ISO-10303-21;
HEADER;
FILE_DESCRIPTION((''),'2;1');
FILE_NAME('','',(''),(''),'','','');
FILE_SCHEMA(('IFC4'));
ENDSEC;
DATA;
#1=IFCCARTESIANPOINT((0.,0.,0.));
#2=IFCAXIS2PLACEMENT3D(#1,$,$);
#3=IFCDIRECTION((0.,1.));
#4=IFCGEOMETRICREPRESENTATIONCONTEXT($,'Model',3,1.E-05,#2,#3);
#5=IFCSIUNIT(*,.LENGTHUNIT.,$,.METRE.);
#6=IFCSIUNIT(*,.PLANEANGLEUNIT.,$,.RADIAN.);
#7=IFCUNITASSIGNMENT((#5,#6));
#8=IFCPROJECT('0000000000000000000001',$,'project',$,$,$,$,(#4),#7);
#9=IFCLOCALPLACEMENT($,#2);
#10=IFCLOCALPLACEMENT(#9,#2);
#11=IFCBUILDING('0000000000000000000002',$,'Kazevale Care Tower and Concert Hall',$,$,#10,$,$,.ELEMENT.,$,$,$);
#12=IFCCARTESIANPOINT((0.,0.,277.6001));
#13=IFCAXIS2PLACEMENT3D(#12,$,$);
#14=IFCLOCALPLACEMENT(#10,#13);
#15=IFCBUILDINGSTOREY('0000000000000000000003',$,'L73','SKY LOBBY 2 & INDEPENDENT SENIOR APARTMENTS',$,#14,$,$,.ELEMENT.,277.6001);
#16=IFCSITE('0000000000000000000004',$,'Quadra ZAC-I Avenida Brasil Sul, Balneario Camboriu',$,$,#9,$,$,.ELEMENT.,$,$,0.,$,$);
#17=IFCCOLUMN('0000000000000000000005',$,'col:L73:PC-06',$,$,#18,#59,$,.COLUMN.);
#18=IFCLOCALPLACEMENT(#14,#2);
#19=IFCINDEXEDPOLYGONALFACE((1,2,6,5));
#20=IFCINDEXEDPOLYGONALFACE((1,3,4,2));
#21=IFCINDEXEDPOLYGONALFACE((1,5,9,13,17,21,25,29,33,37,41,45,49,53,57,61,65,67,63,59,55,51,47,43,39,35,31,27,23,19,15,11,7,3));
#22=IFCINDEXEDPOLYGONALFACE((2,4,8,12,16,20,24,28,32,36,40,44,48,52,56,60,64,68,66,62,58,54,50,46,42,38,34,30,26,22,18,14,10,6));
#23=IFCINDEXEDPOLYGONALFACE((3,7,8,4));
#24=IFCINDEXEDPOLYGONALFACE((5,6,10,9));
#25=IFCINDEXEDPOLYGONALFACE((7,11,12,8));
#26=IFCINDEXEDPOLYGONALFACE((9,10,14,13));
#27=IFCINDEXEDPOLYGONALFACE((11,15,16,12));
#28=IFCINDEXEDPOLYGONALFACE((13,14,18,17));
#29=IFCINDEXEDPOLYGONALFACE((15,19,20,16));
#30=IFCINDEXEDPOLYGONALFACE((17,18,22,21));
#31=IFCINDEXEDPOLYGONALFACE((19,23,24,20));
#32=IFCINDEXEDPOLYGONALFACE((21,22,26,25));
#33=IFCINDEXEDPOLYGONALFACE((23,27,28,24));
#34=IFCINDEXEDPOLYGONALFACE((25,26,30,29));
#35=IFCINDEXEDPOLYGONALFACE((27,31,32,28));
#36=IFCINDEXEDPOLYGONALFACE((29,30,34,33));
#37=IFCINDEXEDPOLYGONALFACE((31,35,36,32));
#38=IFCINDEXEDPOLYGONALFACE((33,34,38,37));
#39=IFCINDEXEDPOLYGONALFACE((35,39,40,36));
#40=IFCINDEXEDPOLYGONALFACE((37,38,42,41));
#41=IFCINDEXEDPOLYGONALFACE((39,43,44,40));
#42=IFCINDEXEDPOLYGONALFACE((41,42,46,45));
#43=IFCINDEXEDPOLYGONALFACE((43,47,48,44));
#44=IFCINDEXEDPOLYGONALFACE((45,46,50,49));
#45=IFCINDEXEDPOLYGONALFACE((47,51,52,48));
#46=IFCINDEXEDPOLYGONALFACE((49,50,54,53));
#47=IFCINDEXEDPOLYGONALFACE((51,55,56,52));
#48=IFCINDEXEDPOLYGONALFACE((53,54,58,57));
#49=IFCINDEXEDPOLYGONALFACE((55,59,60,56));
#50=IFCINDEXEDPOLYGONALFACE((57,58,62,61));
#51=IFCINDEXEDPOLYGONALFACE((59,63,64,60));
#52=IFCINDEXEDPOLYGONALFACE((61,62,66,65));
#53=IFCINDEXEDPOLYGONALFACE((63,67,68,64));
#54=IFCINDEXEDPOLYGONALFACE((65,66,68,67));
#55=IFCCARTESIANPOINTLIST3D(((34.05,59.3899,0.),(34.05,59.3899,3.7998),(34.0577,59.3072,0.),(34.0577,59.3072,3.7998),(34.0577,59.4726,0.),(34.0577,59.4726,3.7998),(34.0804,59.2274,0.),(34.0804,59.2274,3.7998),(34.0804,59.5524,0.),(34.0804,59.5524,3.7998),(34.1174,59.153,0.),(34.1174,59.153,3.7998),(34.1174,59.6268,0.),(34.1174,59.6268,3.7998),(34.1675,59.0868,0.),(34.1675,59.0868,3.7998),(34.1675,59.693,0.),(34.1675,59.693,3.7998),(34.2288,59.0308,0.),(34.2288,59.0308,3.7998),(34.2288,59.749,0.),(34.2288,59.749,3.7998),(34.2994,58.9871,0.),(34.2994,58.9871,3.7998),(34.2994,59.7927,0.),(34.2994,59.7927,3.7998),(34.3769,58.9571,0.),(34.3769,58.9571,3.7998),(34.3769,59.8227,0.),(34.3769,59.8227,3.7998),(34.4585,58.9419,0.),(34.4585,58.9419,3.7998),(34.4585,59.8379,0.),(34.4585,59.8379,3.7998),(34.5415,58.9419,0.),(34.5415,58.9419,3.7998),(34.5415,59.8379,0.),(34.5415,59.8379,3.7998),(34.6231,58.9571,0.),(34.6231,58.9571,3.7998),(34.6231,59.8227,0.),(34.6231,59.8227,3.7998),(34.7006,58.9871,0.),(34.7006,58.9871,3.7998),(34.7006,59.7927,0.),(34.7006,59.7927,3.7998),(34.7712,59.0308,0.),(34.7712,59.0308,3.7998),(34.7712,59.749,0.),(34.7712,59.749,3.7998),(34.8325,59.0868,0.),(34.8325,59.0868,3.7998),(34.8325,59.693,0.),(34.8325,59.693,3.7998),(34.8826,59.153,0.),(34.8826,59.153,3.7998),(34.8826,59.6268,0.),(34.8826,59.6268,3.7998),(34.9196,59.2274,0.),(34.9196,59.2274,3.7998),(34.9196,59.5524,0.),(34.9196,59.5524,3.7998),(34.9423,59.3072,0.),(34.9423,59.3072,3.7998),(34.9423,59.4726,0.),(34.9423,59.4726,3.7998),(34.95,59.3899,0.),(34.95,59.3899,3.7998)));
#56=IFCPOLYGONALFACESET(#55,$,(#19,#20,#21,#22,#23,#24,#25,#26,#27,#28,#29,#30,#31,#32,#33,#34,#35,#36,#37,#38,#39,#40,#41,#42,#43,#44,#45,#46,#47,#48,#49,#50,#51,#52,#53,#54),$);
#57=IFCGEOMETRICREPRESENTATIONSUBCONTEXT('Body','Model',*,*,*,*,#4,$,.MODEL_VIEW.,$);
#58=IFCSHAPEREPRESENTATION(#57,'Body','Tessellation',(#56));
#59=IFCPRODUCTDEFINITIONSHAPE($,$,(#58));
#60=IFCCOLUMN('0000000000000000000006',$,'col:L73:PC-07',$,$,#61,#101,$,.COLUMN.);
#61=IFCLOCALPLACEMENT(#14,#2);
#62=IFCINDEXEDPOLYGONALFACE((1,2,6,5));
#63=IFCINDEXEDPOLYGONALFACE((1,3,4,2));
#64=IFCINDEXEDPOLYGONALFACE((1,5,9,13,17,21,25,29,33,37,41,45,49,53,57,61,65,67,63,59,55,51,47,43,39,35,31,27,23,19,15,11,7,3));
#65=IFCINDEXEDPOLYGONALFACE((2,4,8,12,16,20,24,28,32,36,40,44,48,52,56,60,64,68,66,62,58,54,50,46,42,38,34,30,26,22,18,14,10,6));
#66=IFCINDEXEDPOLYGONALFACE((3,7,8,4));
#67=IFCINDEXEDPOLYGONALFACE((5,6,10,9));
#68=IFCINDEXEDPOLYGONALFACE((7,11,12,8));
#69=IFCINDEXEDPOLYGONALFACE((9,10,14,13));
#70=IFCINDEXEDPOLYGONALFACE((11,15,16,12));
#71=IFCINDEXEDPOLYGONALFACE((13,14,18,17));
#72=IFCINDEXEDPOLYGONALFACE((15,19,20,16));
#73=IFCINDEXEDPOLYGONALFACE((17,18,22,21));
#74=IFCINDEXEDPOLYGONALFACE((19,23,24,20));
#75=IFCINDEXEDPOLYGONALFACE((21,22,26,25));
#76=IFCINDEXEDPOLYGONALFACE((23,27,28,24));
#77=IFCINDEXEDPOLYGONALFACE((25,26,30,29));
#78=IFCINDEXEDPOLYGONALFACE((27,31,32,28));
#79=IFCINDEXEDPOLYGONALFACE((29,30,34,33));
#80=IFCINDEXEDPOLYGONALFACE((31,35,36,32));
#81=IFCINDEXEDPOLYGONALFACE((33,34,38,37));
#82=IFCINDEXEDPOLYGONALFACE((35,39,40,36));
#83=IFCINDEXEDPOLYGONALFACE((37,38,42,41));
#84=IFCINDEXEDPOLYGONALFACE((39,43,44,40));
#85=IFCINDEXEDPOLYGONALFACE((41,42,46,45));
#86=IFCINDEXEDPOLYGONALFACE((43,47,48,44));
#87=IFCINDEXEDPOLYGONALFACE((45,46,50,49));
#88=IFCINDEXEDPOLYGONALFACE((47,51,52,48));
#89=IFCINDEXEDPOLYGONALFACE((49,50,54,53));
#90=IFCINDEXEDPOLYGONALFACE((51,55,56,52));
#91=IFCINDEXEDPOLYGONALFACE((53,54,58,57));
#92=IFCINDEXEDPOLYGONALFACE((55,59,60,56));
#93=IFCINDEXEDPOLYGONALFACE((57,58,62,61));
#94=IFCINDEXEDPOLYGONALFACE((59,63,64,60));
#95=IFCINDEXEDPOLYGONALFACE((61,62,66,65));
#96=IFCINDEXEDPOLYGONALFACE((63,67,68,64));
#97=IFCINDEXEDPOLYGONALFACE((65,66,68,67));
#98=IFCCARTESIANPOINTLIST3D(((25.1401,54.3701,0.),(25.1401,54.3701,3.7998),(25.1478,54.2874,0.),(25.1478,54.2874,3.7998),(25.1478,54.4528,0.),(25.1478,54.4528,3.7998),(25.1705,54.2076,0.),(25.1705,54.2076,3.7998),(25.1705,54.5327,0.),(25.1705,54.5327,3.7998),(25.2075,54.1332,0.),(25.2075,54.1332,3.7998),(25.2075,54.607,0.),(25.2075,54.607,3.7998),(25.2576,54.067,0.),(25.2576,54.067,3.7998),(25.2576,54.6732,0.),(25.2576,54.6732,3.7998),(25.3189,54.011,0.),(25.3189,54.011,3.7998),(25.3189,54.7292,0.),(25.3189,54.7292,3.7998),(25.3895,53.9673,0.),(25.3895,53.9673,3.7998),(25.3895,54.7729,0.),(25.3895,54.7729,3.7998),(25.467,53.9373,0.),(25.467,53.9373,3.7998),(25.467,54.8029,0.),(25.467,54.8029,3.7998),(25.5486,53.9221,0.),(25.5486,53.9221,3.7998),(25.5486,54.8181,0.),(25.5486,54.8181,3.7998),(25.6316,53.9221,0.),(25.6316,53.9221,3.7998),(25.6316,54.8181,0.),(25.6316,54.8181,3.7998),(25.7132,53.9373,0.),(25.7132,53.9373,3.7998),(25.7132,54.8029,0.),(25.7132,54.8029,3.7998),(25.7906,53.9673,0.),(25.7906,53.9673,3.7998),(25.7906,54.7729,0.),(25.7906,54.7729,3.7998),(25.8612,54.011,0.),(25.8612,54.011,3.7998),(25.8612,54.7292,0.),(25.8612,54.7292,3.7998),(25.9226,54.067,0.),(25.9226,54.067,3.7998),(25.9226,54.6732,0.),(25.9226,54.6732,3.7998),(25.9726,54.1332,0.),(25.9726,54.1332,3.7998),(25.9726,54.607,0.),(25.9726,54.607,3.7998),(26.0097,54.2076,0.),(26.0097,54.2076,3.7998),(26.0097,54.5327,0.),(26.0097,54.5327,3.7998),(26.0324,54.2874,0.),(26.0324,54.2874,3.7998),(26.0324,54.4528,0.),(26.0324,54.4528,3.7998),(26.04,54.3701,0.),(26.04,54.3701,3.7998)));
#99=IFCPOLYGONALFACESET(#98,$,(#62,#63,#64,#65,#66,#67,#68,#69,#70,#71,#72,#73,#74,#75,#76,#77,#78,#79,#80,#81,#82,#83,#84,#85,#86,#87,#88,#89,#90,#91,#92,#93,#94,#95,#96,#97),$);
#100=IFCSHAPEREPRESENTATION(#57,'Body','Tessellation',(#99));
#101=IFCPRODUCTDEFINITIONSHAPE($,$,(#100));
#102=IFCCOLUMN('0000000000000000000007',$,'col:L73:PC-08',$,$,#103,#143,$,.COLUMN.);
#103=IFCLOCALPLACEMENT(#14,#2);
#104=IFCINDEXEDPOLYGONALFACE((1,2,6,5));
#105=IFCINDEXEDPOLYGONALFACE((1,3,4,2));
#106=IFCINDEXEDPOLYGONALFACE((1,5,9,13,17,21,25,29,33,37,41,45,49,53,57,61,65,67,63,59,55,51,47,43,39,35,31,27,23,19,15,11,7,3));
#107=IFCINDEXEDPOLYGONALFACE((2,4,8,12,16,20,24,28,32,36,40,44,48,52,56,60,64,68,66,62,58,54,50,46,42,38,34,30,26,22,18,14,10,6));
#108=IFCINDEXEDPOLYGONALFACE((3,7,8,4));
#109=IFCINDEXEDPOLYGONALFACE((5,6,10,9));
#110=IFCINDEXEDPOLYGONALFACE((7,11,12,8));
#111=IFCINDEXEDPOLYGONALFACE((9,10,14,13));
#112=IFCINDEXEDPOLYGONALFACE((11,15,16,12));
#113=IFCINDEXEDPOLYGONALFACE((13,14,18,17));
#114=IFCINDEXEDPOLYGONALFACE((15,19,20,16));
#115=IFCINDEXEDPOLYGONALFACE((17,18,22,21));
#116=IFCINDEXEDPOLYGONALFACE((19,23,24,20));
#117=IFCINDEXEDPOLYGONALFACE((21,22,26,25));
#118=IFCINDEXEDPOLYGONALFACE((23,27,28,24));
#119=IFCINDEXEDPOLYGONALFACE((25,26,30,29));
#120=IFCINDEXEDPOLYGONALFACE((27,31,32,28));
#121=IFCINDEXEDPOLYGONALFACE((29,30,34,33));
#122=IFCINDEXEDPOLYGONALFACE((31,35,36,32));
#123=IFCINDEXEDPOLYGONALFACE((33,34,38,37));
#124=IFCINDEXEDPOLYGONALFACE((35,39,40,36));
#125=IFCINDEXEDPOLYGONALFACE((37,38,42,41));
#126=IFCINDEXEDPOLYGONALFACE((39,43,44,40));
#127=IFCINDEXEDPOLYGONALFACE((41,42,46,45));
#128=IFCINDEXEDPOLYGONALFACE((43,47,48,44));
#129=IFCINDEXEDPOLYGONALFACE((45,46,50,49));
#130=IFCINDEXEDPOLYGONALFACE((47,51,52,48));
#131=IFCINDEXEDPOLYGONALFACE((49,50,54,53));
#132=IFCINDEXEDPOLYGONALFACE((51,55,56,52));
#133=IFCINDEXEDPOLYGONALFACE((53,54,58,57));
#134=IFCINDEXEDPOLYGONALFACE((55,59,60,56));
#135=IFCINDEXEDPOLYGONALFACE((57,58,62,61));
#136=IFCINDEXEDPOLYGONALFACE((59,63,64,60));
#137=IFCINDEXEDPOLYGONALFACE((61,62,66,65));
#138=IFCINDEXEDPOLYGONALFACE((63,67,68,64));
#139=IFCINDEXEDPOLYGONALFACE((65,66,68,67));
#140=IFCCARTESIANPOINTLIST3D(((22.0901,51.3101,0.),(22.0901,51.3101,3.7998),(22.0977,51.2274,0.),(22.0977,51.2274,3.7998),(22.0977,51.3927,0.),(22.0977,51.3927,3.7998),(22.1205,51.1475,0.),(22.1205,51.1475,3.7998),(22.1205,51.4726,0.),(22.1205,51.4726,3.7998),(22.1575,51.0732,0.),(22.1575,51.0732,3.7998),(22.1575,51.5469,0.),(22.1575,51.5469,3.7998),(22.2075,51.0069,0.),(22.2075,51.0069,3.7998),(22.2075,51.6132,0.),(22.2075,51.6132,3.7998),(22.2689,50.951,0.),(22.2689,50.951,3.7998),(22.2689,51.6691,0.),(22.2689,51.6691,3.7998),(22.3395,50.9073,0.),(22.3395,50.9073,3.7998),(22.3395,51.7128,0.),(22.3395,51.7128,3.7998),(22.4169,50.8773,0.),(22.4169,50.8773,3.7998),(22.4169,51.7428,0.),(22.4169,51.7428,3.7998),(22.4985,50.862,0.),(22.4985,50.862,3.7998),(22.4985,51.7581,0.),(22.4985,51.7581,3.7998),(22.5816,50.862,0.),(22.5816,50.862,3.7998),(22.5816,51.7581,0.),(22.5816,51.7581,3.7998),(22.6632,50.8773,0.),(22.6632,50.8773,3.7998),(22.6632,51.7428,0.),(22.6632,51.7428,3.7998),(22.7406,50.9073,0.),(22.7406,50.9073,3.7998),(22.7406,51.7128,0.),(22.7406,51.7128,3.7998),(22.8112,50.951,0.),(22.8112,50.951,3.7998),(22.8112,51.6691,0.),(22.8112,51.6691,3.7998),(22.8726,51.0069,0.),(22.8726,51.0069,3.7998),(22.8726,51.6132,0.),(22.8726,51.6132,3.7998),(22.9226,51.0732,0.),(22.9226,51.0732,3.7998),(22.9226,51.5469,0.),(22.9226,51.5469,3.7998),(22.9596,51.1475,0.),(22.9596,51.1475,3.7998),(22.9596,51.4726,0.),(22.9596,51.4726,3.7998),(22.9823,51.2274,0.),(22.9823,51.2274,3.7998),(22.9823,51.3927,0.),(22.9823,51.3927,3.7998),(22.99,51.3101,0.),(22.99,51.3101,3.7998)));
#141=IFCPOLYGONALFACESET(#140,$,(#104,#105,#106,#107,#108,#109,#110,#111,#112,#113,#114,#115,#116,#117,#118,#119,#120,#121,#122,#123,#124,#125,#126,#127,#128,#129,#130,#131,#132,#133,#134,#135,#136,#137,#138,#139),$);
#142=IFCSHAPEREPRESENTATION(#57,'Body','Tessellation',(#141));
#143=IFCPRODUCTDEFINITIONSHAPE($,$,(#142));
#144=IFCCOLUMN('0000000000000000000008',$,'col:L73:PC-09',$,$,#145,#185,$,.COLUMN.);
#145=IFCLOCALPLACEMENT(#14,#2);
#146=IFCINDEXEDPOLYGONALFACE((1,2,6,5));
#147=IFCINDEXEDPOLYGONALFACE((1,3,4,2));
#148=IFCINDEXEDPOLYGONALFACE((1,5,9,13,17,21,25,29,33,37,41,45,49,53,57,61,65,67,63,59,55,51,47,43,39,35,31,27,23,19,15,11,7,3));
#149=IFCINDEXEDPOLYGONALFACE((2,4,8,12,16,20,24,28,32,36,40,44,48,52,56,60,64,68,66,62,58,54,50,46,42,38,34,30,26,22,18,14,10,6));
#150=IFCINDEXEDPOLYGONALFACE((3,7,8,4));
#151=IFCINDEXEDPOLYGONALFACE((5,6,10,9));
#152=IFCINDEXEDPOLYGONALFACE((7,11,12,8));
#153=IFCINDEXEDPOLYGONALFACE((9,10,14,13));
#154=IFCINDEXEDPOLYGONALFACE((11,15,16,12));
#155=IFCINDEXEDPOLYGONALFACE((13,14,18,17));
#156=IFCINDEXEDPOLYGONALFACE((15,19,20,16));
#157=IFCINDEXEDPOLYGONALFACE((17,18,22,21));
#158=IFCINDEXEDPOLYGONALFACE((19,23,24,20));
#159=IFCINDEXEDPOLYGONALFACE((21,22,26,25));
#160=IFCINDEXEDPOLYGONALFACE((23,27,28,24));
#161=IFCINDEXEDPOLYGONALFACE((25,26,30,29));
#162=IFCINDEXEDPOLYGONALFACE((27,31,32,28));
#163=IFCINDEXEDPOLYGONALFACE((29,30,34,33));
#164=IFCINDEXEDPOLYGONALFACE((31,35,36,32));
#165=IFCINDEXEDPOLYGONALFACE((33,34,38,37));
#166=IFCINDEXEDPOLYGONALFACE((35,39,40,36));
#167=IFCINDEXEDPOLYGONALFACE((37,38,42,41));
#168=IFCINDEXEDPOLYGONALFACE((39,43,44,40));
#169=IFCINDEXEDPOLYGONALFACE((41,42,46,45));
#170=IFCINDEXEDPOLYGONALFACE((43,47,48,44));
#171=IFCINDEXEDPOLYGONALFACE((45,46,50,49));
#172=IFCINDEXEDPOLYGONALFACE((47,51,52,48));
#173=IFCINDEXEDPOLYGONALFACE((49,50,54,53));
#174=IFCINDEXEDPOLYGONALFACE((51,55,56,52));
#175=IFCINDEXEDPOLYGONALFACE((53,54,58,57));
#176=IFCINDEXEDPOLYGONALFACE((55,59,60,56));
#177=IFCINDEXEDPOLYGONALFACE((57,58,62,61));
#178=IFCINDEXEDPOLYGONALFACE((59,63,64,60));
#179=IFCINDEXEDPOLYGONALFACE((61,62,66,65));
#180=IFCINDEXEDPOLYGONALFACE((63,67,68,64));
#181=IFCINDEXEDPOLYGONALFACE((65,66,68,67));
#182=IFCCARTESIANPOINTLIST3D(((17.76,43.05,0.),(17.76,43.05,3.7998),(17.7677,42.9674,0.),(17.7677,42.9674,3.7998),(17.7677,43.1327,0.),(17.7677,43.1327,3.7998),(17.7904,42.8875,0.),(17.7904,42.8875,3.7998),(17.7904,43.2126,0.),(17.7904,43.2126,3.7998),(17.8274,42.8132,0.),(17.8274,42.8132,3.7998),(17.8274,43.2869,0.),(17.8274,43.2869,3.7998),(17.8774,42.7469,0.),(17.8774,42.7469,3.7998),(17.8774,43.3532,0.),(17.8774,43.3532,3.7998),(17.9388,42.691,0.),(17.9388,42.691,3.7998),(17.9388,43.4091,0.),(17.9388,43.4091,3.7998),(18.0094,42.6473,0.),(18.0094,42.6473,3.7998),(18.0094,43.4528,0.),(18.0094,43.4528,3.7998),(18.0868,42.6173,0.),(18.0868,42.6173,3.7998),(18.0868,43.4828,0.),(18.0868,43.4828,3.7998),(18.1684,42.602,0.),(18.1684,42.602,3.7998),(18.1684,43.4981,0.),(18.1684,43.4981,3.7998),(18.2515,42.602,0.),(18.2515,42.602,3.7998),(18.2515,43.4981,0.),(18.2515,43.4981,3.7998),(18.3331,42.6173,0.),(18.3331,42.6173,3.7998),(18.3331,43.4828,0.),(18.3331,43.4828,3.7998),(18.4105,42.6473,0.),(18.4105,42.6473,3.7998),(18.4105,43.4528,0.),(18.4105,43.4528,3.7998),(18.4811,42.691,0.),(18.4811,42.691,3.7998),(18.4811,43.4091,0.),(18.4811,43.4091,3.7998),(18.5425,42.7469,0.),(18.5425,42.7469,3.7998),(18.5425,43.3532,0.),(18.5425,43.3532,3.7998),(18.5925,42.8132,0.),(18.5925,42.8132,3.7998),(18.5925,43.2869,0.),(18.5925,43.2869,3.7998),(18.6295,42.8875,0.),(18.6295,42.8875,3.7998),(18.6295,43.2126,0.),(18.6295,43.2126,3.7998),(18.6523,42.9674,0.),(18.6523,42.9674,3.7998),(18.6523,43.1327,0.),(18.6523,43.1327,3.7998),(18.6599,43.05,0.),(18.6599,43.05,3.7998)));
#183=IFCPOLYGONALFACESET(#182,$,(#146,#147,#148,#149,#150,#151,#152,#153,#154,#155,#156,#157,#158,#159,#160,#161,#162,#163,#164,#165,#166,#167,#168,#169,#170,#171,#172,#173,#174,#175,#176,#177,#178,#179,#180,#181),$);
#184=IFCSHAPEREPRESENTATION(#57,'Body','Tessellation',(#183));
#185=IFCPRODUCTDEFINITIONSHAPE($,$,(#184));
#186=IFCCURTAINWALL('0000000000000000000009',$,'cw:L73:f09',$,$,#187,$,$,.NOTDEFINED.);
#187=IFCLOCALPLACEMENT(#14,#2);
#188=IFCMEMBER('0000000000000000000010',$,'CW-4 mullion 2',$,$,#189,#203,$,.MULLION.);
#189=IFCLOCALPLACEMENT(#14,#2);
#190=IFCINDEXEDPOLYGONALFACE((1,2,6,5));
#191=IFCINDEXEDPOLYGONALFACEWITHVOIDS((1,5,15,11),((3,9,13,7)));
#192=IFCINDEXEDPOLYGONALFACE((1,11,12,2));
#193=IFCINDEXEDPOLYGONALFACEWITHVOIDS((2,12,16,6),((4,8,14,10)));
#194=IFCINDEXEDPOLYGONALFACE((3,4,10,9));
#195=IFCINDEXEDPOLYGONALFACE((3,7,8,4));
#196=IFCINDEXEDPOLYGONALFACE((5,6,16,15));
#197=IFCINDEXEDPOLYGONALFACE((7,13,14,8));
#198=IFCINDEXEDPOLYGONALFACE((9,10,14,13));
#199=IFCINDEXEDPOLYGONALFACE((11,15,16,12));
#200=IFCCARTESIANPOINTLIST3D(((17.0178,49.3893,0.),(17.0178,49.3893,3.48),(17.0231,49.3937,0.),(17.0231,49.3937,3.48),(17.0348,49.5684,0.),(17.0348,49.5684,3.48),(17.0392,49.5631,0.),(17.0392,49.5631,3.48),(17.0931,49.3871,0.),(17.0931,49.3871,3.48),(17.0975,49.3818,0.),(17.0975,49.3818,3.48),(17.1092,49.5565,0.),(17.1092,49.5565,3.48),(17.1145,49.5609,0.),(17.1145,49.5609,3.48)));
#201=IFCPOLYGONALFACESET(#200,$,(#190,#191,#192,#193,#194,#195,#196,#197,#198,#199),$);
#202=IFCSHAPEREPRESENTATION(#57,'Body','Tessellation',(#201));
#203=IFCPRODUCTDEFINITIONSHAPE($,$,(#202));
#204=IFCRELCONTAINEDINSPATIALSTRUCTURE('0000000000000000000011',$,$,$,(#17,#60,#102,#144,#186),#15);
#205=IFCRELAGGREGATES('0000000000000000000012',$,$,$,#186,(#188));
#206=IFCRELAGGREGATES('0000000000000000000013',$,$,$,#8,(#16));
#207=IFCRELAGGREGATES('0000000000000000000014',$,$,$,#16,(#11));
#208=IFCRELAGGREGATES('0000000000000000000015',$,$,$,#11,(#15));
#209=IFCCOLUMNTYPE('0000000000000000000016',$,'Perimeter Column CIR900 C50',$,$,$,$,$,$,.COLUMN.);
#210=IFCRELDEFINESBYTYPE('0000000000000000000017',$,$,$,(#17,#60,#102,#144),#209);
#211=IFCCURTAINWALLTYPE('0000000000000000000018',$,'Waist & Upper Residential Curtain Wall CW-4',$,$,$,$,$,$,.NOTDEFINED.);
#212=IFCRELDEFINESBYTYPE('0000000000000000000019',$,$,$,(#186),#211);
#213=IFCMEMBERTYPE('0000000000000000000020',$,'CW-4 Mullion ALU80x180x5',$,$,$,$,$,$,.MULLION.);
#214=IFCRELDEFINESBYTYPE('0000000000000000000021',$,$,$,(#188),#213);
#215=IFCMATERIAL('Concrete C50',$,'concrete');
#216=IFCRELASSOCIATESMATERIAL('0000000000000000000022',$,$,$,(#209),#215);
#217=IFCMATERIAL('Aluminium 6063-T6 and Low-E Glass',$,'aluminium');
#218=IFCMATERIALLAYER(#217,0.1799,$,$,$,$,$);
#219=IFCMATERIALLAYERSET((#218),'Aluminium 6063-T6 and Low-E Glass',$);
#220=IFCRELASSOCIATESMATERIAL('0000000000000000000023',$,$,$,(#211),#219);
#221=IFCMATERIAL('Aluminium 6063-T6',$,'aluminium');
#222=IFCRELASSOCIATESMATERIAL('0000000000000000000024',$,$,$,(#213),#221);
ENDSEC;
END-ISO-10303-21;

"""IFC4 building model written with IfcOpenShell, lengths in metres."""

from ifc_helpers import new_model, si_unit, direction, frame, origin, origin_2d, place, context, subcontext, project, spatial, hollow_rectangle, circle, extrude, material, layer, layer_set, material_profile, profile_set, type_object, element, aggregate, save


model = new_model("IFC4")

# Units and contexts
model_context = context("Model", 3, precision=1e-05, world=origin(), true_north=direction((0.0, 1.0)))
body_context = subcontext(model_context, "Body", "Model", "MODEL_VIEW")
ifc_project = project(units=[si_unit("LENGTHUNIT", "METRE"), si_unit("PLANEANGLEUNIT", "RADIAN")], contexts=[model_context])

# Site, building, storey
site_placement = place(None, origin())
site = spatial("IfcSite", under=ifc_project, at=site_placement, Name="Quadra ZAC-I Avenida Brasil Sul, Balneario Camboriu", CompositionType="ELEMENT", RefElevation=0.0)
building_placement = place(site_placement, origin())
building = spatial("IfcBuilding", under=site, at=building_placement, Name="Kazevale Care Tower and Concert Hall", CompositionType="ELEMENT")
storey_placement = place(building_placement, frame((0.0, 0.0, 277.6001)))
storey = spatial("IfcBuildingStorey", under=building, at=storey_placement, Name="L73", Description="SKY LOBBY 2 & INDEPENDENT SENIOR APARTMENTS", CompositionType="ELEMENT", Elevation=277.6001)

# Columns
ifc_material_1 = material(Name="Concrete C50", Category="concrete")
ifc_material_profile_1 = material_profile(ifc_material_1, circle(Radius=0.45, at=origin_2d()), Name="RC-CIR900")
ifc_profile_set_1 = profile_set([ifc_material_profile_1], Name="Concrete C50")
column_type = type_object("IfcColumnType", Name="Perimeter Column CIR900 C50", PredefinedType="COLUMN", material=ifc_profile_set_1)
for number, where, z_axis, x_axis, name in (
    (1, (34.5, 59.3899, 0.0), (0.0, 0.0, 1.0), (1.0, 0.0, 0.0), "col:L73:PC-06"),
    (2, (25.5901, 54.3701, 0.0), (0.0, 0.0, 1.0), (1.0, 0.0, 0.0), "col:L73:PC-07"),
    (3, (22.54, 51.3101, 0.0), (0.0, 0.0, 1.0), (1.0, 0.0, 0.0), "col:L73:PC-08"),
    (4, (18.21, 43.05, 0.0), (0.0, 0.0, 1.0), (1.0, 0.0, 0.0), "col:L73:PC-09"),
):
    element("IfcColumn", number, at=place(storey_placement, frame(where, z_axis=z_axis, x_axis=x_axis)), inside=storey, type_object=column_type, Name=name, PredefinedType="COLUMN", context=body_context, shape_type="SweptSolid", body=[
        extrude(circle(Radius=0.45, at=origin_2d()), origin(), (0.0, 0.0, 1.0), 3.7998),
    ])

# Curtain wall, member
ifc_material_2 = material(Name="Aluminium 6063-T6 and Low-E Glass", Category="aluminium")
ifc_layer_1 = layer(ifc_material_2, 0.1799)
ifc_layer_set_1 = layer_set([ifc_layer_1], Name="Aluminium 6063-T6 and Low-E Glass")
curtain_wall_type = type_object("IfcCurtainWallType", Name="Waist & Upper Residential Curtain Wall CW-4", PredefinedType="NOTDEFINED", material=ifc_layer_set_1)
curtain_wall_1_placement = place(storey_placement, origin())
curtain_wall_1 = element("IfcCurtainWall", 5, at=curtain_wall_1_placement, inside=storey, type_object=curtain_wall_type, Name="cw:L73:f09", PredefinedType="NOTDEFINED")
ifc_material_3 = material(Name="Aluminium 6063-T6", Category="aluminium")
ifc_material_profile_2 = material_profile(ifc_material_3, hollow_rectangle(XDim=0.0801, YDim=0.1799, WallThickness=0.0049, at=origin_2d()), Name="ALU80x180x5")
ifc_profile_set_2 = profile_set([ifc_material_profile_2], Name="Aluminium 6063-T6")
member_type_1 = type_object("IfcMemberType", Name="CW-4 Mullion ALU80x180x5", PredefinedType="MULLION", material=ifc_profile_set_2)
member_1_placement = place(storey_placement, frame((17.0662, 49.4751, 0.0), z_axis=(0.0, 0.0, 1.0), x_axis=(-0.99555, 0.094238, 0.0)))
member_1 = element("IfcMember", 6, at=member_1_placement, type_object=member_type_1, Name="CW-4 mullion 2", PredefinedType="MULLION", context=body_context, shape_type="SweptSolid", body=[
    extrude(hollow_rectangle(XDim=0.0801, YDim=0.1799, WallThickness=0.0049, at=origin_2d()), origin(), (0.0, 0.0, 1.0), 3.48),
])

aggregate(curtain_wall_1, [member_1])

save(model, "model.ifc")
